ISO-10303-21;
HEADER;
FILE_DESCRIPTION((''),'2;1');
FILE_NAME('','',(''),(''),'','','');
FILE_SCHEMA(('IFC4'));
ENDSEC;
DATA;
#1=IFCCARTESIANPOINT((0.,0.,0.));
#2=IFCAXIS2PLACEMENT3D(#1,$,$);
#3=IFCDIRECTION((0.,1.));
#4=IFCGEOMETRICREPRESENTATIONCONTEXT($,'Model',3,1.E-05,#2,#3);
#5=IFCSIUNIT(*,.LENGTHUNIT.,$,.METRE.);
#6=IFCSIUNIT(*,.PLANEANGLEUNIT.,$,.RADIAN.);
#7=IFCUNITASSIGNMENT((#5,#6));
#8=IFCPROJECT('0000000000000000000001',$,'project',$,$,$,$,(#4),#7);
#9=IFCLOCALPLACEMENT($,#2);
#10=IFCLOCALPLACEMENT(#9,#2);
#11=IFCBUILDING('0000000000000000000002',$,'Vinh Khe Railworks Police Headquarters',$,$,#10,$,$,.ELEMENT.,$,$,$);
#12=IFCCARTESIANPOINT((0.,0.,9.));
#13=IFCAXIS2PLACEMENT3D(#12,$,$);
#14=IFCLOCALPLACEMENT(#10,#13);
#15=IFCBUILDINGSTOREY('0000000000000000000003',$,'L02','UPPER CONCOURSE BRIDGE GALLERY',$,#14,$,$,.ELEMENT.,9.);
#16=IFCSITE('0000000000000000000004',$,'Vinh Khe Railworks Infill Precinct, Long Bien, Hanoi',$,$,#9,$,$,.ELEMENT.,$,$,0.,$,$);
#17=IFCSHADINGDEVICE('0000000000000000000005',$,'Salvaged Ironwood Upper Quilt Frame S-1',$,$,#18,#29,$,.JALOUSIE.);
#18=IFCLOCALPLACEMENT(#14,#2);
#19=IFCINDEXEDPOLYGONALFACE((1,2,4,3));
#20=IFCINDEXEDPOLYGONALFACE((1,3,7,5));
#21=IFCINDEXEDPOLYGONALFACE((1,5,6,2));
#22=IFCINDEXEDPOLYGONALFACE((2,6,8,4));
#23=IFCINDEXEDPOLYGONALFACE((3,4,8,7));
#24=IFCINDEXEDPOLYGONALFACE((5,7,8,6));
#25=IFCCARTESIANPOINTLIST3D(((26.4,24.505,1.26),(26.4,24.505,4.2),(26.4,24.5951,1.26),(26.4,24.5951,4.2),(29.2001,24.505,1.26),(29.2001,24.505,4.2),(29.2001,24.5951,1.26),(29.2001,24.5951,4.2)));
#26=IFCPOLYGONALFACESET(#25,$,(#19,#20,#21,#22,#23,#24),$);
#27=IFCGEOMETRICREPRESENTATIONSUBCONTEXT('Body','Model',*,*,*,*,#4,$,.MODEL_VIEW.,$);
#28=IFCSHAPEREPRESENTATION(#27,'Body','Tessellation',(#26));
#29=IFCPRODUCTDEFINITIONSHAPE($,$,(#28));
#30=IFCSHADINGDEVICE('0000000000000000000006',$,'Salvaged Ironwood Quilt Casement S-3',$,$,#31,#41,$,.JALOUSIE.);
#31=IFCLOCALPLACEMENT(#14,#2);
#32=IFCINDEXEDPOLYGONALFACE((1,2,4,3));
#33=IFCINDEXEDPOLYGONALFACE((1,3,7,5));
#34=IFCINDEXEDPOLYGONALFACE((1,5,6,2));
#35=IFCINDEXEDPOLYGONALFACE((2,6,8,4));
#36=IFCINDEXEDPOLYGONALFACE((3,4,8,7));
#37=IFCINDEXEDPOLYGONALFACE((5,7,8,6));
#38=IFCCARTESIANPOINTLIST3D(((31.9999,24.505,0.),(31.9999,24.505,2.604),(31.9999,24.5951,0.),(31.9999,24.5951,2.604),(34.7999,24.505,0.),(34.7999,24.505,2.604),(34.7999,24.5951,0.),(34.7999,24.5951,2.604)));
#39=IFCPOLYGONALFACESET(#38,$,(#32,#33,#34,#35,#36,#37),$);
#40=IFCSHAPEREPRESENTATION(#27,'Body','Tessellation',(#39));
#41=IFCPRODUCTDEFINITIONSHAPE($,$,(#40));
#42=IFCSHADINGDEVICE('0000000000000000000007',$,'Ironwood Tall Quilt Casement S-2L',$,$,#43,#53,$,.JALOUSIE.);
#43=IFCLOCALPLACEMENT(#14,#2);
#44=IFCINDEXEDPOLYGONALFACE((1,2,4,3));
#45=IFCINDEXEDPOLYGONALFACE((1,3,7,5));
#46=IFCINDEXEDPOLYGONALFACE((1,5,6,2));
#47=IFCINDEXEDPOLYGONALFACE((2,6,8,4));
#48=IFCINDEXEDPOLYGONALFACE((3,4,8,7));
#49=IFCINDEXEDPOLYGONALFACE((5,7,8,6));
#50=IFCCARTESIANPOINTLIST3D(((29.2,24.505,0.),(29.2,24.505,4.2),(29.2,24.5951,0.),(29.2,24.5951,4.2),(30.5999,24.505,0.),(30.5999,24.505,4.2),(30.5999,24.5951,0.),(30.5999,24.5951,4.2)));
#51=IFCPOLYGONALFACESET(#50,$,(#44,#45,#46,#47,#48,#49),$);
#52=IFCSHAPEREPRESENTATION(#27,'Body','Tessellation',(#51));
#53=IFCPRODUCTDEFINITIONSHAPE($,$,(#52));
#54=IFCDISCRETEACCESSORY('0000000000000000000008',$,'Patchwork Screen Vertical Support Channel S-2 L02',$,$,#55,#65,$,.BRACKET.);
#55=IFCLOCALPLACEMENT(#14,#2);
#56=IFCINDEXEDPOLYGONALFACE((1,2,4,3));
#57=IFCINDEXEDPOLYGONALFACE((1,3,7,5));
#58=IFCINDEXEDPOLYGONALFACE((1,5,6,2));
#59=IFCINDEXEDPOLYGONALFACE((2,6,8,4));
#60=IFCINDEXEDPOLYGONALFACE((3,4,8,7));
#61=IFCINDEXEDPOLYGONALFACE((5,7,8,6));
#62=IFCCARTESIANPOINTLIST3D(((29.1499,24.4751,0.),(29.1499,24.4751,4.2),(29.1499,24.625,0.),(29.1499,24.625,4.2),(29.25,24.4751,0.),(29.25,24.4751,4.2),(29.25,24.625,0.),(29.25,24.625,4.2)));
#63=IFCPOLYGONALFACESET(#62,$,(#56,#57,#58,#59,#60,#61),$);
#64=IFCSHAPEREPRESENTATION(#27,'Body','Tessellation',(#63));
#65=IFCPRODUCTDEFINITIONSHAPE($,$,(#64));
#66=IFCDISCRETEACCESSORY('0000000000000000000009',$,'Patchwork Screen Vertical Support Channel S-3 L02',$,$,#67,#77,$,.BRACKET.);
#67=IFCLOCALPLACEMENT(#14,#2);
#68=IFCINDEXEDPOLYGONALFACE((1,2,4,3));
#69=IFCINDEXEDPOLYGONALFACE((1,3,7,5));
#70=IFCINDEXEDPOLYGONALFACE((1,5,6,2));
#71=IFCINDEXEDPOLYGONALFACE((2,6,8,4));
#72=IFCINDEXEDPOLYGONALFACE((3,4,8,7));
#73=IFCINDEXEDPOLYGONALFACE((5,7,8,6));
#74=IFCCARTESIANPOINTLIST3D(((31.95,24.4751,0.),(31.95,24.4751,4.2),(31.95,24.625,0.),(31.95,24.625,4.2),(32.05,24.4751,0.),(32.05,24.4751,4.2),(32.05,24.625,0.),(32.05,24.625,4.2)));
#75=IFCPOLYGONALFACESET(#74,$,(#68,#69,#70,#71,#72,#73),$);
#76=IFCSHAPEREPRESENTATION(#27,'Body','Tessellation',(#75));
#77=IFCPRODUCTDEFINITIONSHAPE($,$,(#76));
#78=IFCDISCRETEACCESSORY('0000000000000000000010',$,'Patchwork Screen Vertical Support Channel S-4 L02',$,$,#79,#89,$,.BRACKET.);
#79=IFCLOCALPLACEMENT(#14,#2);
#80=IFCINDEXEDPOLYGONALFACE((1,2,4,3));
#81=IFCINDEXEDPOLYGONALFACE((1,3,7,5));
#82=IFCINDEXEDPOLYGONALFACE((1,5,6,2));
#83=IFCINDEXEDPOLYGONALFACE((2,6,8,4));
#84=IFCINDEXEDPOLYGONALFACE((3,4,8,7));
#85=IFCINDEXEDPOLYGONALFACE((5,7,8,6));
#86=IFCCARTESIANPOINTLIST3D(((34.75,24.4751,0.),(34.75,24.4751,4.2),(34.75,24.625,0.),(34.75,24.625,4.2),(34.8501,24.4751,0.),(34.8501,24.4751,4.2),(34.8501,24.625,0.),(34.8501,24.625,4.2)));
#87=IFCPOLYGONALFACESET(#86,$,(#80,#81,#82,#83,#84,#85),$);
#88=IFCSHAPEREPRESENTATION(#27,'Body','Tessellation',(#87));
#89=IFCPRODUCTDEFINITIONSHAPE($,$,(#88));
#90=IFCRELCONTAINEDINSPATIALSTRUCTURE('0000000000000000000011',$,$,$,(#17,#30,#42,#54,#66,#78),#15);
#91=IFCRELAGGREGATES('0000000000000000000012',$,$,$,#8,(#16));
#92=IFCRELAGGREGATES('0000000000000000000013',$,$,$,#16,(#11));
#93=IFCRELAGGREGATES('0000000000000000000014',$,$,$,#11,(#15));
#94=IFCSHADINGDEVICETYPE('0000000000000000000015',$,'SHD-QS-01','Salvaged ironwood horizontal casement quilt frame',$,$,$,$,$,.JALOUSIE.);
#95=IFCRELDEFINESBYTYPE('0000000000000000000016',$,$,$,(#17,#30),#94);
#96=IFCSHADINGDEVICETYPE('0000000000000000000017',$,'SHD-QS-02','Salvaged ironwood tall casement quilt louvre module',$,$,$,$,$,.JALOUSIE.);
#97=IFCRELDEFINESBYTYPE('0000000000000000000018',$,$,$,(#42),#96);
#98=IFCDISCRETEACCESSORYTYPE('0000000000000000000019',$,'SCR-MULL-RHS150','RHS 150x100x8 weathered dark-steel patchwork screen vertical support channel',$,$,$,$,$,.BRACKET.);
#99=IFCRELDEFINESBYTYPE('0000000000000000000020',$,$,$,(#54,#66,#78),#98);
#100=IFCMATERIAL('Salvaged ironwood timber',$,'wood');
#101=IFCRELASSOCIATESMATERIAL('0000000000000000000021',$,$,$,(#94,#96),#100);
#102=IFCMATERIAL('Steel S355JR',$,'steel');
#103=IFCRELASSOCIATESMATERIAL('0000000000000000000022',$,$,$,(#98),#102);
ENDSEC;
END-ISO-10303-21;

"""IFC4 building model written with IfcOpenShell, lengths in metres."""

from ifc_helpers import new_model, si_unit, direction, frame, origin, origin_2d, place, context, subcontext, project, spatial, rectangle, extrude, material, type_object, element, save


model = new_model("IFC4")

# Units and contexts
model_context = context("Model", 3, precision=1e-05, world=origin(), true_north=direction((0.0, 1.0)))
body_context = subcontext(model_context, "Body", "Model", "MODEL_VIEW")
ifc_project = project(units=[si_unit("LENGTHUNIT", "METRE"), si_unit("PLANEANGLEUNIT", "RADIAN")], contexts=[model_context])

# Site, building, storey
site_placement = place(None, origin())
site = spatial("IfcSite", under=ifc_project, at=site_placement, Name="Vinh Khe Railworks Infill Precinct, Long Bien, Hanoi", CompositionType="ELEMENT", RefElevation=0.0)
building_placement = place(site_placement, origin())
building = spatial("IfcBuilding", under=site, at=building_placement, Name="Vinh Khe Railworks Police Headquarters", CompositionType="ELEMENT")
storey_placement = place(building_placement, frame((0.0, 0.0, 9.0)))
storey = spatial("IfcBuildingStorey", under=building, at=storey_placement, Name="L02", Description="UPPER CONCOURSE BRIDGE GALLERY", CompositionType="ELEMENT", Elevation=9.0)

# Shared definitions
ifc_material_1 = material(Name="Steel S355JR", Category="steel")

# Shared definitions
ifc_material_2 = material(Name="Salvaged ironwood timber", Category="wood")

# Shading devices
shading_device_type_1 = type_object("IfcShadingDeviceType", Name="SHD-QS-01", Description="Salvaged ironwood horizontal casement quilt frame", PredefinedType="JALOUSIE", material=ifc_material_2)
shading_device_1_placement = place(storey_placement, frame((27.8, 24.55, 1.26), z_axis=(0.0, 0.0, 1.0), x_axis=(1.0, 0.0, 0.0)))
element("IfcShadingDevice", 1, at=shading_device_1_placement, inside=storey, type_object=shading_device_type_1, Name="Salvaged Ironwood Upper Quilt Frame S-1", PredefinedType="JALOUSIE", context=body_context, shape_type="SweptSolid", body=[
    extrude(rectangle(XDim=2.8, YDim=0.0901, at=origin_2d()), origin(), (0.0, 0.0, 1.0), 2.9399),
])
shading_device_2_placement = place(storey_placement, frame((33.3999, 24.55, 0.0), z_axis=(0.0, 0.0, 1.0), x_axis=(1.0, 0.0, 0.0)))
element("IfcShadingDevice", 2, at=shading_device_2_placement, inside=storey, type_object=shading_device_type_1, Name="Salvaged Ironwood Quilt Casement S-3", PredefinedType="JALOUSIE", context=body_context, shape_type="SweptSolid", body=[
    extrude(rectangle(XDim=2.8, YDim=0.0901, at=origin_2d()), origin(), (0.0, 0.0, 1.0), 2.604),
])
shading_device_type_2 = type_object("IfcShadingDeviceType", Name="SHD-QS-02", Description="Salvaged ironwood tall casement quilt louvre module", PredefinedType="JALOUSIE", material=ifc_material_2)
shading_device_3_placement = place(storey_placement, frame((29.8999, 24.55, 0.0), z_axis=(0.0, 0.0, 1.0), x_axis=(1.0, 0.0, 0.0)))
element("IfcShadingDevice", 3, at=shading_device_3_placement, inside=storey, type_object=shading_device_type_2, Name="Ironwood Tall Quilt Casement S-2L", PredefinedType="JALOUSIE", context=body_context, shape_type="SweptSolid", body=[
    extrude(rectangle(XDim=1.3999, YDim=0.0901, at=origin_2d()), origin(), (0.0, 0.0, 1.0), 4.2),
])

# Discrete accessories
discrete_accessory_type = type_object("IfcDiscreteAccessoryType", Name="SCR-MULL-RHS150", Description="RHS 150x100x8 weathered dark-steel patchwork screen vertical support channel", PredefinedType="BRACKET", material=ifc_material_1)
for number, where, z_axis, x_axis, name in (
    (4, (29.2, 24.55, 0.0), (0.0, 0.0, 1.0), (1.0, 0.0, 0.0), "Patchwork Screen Vertical Support Channel S-2 L02"),
    (5, (32.0, 24.55, 0.0), (0.0, 0.0, 1.0), (1.0, 0.0, 0.0), "Patchwork Screen Vertical Support Channel S-3 L02"),
    (6, (34.8, 24.55, 0.0), (0.0, 0.0, 1.0), (1.0, 0.0, 0.0), "Patchwork Screen Vertical Support Channel S-4 L02"),
):
    element("IfcDiscreteAccessory", number, at=place(storey_placement, frame(where, z_axis=z_axis, x_axis=x_axis)), inside=storey, type_object=discrete_accessory_type, Name=name, PredefinedType="BRACKET", context=body_context, shape_type="SweptSolid", body=[
        extrude(rectangle(XDim=0.1001, YDim=0.1499, at=origin_2d()), origin(), (0.0, 0.0, 1.0), 4.2),
    ])

save(model, "model.ifc")
